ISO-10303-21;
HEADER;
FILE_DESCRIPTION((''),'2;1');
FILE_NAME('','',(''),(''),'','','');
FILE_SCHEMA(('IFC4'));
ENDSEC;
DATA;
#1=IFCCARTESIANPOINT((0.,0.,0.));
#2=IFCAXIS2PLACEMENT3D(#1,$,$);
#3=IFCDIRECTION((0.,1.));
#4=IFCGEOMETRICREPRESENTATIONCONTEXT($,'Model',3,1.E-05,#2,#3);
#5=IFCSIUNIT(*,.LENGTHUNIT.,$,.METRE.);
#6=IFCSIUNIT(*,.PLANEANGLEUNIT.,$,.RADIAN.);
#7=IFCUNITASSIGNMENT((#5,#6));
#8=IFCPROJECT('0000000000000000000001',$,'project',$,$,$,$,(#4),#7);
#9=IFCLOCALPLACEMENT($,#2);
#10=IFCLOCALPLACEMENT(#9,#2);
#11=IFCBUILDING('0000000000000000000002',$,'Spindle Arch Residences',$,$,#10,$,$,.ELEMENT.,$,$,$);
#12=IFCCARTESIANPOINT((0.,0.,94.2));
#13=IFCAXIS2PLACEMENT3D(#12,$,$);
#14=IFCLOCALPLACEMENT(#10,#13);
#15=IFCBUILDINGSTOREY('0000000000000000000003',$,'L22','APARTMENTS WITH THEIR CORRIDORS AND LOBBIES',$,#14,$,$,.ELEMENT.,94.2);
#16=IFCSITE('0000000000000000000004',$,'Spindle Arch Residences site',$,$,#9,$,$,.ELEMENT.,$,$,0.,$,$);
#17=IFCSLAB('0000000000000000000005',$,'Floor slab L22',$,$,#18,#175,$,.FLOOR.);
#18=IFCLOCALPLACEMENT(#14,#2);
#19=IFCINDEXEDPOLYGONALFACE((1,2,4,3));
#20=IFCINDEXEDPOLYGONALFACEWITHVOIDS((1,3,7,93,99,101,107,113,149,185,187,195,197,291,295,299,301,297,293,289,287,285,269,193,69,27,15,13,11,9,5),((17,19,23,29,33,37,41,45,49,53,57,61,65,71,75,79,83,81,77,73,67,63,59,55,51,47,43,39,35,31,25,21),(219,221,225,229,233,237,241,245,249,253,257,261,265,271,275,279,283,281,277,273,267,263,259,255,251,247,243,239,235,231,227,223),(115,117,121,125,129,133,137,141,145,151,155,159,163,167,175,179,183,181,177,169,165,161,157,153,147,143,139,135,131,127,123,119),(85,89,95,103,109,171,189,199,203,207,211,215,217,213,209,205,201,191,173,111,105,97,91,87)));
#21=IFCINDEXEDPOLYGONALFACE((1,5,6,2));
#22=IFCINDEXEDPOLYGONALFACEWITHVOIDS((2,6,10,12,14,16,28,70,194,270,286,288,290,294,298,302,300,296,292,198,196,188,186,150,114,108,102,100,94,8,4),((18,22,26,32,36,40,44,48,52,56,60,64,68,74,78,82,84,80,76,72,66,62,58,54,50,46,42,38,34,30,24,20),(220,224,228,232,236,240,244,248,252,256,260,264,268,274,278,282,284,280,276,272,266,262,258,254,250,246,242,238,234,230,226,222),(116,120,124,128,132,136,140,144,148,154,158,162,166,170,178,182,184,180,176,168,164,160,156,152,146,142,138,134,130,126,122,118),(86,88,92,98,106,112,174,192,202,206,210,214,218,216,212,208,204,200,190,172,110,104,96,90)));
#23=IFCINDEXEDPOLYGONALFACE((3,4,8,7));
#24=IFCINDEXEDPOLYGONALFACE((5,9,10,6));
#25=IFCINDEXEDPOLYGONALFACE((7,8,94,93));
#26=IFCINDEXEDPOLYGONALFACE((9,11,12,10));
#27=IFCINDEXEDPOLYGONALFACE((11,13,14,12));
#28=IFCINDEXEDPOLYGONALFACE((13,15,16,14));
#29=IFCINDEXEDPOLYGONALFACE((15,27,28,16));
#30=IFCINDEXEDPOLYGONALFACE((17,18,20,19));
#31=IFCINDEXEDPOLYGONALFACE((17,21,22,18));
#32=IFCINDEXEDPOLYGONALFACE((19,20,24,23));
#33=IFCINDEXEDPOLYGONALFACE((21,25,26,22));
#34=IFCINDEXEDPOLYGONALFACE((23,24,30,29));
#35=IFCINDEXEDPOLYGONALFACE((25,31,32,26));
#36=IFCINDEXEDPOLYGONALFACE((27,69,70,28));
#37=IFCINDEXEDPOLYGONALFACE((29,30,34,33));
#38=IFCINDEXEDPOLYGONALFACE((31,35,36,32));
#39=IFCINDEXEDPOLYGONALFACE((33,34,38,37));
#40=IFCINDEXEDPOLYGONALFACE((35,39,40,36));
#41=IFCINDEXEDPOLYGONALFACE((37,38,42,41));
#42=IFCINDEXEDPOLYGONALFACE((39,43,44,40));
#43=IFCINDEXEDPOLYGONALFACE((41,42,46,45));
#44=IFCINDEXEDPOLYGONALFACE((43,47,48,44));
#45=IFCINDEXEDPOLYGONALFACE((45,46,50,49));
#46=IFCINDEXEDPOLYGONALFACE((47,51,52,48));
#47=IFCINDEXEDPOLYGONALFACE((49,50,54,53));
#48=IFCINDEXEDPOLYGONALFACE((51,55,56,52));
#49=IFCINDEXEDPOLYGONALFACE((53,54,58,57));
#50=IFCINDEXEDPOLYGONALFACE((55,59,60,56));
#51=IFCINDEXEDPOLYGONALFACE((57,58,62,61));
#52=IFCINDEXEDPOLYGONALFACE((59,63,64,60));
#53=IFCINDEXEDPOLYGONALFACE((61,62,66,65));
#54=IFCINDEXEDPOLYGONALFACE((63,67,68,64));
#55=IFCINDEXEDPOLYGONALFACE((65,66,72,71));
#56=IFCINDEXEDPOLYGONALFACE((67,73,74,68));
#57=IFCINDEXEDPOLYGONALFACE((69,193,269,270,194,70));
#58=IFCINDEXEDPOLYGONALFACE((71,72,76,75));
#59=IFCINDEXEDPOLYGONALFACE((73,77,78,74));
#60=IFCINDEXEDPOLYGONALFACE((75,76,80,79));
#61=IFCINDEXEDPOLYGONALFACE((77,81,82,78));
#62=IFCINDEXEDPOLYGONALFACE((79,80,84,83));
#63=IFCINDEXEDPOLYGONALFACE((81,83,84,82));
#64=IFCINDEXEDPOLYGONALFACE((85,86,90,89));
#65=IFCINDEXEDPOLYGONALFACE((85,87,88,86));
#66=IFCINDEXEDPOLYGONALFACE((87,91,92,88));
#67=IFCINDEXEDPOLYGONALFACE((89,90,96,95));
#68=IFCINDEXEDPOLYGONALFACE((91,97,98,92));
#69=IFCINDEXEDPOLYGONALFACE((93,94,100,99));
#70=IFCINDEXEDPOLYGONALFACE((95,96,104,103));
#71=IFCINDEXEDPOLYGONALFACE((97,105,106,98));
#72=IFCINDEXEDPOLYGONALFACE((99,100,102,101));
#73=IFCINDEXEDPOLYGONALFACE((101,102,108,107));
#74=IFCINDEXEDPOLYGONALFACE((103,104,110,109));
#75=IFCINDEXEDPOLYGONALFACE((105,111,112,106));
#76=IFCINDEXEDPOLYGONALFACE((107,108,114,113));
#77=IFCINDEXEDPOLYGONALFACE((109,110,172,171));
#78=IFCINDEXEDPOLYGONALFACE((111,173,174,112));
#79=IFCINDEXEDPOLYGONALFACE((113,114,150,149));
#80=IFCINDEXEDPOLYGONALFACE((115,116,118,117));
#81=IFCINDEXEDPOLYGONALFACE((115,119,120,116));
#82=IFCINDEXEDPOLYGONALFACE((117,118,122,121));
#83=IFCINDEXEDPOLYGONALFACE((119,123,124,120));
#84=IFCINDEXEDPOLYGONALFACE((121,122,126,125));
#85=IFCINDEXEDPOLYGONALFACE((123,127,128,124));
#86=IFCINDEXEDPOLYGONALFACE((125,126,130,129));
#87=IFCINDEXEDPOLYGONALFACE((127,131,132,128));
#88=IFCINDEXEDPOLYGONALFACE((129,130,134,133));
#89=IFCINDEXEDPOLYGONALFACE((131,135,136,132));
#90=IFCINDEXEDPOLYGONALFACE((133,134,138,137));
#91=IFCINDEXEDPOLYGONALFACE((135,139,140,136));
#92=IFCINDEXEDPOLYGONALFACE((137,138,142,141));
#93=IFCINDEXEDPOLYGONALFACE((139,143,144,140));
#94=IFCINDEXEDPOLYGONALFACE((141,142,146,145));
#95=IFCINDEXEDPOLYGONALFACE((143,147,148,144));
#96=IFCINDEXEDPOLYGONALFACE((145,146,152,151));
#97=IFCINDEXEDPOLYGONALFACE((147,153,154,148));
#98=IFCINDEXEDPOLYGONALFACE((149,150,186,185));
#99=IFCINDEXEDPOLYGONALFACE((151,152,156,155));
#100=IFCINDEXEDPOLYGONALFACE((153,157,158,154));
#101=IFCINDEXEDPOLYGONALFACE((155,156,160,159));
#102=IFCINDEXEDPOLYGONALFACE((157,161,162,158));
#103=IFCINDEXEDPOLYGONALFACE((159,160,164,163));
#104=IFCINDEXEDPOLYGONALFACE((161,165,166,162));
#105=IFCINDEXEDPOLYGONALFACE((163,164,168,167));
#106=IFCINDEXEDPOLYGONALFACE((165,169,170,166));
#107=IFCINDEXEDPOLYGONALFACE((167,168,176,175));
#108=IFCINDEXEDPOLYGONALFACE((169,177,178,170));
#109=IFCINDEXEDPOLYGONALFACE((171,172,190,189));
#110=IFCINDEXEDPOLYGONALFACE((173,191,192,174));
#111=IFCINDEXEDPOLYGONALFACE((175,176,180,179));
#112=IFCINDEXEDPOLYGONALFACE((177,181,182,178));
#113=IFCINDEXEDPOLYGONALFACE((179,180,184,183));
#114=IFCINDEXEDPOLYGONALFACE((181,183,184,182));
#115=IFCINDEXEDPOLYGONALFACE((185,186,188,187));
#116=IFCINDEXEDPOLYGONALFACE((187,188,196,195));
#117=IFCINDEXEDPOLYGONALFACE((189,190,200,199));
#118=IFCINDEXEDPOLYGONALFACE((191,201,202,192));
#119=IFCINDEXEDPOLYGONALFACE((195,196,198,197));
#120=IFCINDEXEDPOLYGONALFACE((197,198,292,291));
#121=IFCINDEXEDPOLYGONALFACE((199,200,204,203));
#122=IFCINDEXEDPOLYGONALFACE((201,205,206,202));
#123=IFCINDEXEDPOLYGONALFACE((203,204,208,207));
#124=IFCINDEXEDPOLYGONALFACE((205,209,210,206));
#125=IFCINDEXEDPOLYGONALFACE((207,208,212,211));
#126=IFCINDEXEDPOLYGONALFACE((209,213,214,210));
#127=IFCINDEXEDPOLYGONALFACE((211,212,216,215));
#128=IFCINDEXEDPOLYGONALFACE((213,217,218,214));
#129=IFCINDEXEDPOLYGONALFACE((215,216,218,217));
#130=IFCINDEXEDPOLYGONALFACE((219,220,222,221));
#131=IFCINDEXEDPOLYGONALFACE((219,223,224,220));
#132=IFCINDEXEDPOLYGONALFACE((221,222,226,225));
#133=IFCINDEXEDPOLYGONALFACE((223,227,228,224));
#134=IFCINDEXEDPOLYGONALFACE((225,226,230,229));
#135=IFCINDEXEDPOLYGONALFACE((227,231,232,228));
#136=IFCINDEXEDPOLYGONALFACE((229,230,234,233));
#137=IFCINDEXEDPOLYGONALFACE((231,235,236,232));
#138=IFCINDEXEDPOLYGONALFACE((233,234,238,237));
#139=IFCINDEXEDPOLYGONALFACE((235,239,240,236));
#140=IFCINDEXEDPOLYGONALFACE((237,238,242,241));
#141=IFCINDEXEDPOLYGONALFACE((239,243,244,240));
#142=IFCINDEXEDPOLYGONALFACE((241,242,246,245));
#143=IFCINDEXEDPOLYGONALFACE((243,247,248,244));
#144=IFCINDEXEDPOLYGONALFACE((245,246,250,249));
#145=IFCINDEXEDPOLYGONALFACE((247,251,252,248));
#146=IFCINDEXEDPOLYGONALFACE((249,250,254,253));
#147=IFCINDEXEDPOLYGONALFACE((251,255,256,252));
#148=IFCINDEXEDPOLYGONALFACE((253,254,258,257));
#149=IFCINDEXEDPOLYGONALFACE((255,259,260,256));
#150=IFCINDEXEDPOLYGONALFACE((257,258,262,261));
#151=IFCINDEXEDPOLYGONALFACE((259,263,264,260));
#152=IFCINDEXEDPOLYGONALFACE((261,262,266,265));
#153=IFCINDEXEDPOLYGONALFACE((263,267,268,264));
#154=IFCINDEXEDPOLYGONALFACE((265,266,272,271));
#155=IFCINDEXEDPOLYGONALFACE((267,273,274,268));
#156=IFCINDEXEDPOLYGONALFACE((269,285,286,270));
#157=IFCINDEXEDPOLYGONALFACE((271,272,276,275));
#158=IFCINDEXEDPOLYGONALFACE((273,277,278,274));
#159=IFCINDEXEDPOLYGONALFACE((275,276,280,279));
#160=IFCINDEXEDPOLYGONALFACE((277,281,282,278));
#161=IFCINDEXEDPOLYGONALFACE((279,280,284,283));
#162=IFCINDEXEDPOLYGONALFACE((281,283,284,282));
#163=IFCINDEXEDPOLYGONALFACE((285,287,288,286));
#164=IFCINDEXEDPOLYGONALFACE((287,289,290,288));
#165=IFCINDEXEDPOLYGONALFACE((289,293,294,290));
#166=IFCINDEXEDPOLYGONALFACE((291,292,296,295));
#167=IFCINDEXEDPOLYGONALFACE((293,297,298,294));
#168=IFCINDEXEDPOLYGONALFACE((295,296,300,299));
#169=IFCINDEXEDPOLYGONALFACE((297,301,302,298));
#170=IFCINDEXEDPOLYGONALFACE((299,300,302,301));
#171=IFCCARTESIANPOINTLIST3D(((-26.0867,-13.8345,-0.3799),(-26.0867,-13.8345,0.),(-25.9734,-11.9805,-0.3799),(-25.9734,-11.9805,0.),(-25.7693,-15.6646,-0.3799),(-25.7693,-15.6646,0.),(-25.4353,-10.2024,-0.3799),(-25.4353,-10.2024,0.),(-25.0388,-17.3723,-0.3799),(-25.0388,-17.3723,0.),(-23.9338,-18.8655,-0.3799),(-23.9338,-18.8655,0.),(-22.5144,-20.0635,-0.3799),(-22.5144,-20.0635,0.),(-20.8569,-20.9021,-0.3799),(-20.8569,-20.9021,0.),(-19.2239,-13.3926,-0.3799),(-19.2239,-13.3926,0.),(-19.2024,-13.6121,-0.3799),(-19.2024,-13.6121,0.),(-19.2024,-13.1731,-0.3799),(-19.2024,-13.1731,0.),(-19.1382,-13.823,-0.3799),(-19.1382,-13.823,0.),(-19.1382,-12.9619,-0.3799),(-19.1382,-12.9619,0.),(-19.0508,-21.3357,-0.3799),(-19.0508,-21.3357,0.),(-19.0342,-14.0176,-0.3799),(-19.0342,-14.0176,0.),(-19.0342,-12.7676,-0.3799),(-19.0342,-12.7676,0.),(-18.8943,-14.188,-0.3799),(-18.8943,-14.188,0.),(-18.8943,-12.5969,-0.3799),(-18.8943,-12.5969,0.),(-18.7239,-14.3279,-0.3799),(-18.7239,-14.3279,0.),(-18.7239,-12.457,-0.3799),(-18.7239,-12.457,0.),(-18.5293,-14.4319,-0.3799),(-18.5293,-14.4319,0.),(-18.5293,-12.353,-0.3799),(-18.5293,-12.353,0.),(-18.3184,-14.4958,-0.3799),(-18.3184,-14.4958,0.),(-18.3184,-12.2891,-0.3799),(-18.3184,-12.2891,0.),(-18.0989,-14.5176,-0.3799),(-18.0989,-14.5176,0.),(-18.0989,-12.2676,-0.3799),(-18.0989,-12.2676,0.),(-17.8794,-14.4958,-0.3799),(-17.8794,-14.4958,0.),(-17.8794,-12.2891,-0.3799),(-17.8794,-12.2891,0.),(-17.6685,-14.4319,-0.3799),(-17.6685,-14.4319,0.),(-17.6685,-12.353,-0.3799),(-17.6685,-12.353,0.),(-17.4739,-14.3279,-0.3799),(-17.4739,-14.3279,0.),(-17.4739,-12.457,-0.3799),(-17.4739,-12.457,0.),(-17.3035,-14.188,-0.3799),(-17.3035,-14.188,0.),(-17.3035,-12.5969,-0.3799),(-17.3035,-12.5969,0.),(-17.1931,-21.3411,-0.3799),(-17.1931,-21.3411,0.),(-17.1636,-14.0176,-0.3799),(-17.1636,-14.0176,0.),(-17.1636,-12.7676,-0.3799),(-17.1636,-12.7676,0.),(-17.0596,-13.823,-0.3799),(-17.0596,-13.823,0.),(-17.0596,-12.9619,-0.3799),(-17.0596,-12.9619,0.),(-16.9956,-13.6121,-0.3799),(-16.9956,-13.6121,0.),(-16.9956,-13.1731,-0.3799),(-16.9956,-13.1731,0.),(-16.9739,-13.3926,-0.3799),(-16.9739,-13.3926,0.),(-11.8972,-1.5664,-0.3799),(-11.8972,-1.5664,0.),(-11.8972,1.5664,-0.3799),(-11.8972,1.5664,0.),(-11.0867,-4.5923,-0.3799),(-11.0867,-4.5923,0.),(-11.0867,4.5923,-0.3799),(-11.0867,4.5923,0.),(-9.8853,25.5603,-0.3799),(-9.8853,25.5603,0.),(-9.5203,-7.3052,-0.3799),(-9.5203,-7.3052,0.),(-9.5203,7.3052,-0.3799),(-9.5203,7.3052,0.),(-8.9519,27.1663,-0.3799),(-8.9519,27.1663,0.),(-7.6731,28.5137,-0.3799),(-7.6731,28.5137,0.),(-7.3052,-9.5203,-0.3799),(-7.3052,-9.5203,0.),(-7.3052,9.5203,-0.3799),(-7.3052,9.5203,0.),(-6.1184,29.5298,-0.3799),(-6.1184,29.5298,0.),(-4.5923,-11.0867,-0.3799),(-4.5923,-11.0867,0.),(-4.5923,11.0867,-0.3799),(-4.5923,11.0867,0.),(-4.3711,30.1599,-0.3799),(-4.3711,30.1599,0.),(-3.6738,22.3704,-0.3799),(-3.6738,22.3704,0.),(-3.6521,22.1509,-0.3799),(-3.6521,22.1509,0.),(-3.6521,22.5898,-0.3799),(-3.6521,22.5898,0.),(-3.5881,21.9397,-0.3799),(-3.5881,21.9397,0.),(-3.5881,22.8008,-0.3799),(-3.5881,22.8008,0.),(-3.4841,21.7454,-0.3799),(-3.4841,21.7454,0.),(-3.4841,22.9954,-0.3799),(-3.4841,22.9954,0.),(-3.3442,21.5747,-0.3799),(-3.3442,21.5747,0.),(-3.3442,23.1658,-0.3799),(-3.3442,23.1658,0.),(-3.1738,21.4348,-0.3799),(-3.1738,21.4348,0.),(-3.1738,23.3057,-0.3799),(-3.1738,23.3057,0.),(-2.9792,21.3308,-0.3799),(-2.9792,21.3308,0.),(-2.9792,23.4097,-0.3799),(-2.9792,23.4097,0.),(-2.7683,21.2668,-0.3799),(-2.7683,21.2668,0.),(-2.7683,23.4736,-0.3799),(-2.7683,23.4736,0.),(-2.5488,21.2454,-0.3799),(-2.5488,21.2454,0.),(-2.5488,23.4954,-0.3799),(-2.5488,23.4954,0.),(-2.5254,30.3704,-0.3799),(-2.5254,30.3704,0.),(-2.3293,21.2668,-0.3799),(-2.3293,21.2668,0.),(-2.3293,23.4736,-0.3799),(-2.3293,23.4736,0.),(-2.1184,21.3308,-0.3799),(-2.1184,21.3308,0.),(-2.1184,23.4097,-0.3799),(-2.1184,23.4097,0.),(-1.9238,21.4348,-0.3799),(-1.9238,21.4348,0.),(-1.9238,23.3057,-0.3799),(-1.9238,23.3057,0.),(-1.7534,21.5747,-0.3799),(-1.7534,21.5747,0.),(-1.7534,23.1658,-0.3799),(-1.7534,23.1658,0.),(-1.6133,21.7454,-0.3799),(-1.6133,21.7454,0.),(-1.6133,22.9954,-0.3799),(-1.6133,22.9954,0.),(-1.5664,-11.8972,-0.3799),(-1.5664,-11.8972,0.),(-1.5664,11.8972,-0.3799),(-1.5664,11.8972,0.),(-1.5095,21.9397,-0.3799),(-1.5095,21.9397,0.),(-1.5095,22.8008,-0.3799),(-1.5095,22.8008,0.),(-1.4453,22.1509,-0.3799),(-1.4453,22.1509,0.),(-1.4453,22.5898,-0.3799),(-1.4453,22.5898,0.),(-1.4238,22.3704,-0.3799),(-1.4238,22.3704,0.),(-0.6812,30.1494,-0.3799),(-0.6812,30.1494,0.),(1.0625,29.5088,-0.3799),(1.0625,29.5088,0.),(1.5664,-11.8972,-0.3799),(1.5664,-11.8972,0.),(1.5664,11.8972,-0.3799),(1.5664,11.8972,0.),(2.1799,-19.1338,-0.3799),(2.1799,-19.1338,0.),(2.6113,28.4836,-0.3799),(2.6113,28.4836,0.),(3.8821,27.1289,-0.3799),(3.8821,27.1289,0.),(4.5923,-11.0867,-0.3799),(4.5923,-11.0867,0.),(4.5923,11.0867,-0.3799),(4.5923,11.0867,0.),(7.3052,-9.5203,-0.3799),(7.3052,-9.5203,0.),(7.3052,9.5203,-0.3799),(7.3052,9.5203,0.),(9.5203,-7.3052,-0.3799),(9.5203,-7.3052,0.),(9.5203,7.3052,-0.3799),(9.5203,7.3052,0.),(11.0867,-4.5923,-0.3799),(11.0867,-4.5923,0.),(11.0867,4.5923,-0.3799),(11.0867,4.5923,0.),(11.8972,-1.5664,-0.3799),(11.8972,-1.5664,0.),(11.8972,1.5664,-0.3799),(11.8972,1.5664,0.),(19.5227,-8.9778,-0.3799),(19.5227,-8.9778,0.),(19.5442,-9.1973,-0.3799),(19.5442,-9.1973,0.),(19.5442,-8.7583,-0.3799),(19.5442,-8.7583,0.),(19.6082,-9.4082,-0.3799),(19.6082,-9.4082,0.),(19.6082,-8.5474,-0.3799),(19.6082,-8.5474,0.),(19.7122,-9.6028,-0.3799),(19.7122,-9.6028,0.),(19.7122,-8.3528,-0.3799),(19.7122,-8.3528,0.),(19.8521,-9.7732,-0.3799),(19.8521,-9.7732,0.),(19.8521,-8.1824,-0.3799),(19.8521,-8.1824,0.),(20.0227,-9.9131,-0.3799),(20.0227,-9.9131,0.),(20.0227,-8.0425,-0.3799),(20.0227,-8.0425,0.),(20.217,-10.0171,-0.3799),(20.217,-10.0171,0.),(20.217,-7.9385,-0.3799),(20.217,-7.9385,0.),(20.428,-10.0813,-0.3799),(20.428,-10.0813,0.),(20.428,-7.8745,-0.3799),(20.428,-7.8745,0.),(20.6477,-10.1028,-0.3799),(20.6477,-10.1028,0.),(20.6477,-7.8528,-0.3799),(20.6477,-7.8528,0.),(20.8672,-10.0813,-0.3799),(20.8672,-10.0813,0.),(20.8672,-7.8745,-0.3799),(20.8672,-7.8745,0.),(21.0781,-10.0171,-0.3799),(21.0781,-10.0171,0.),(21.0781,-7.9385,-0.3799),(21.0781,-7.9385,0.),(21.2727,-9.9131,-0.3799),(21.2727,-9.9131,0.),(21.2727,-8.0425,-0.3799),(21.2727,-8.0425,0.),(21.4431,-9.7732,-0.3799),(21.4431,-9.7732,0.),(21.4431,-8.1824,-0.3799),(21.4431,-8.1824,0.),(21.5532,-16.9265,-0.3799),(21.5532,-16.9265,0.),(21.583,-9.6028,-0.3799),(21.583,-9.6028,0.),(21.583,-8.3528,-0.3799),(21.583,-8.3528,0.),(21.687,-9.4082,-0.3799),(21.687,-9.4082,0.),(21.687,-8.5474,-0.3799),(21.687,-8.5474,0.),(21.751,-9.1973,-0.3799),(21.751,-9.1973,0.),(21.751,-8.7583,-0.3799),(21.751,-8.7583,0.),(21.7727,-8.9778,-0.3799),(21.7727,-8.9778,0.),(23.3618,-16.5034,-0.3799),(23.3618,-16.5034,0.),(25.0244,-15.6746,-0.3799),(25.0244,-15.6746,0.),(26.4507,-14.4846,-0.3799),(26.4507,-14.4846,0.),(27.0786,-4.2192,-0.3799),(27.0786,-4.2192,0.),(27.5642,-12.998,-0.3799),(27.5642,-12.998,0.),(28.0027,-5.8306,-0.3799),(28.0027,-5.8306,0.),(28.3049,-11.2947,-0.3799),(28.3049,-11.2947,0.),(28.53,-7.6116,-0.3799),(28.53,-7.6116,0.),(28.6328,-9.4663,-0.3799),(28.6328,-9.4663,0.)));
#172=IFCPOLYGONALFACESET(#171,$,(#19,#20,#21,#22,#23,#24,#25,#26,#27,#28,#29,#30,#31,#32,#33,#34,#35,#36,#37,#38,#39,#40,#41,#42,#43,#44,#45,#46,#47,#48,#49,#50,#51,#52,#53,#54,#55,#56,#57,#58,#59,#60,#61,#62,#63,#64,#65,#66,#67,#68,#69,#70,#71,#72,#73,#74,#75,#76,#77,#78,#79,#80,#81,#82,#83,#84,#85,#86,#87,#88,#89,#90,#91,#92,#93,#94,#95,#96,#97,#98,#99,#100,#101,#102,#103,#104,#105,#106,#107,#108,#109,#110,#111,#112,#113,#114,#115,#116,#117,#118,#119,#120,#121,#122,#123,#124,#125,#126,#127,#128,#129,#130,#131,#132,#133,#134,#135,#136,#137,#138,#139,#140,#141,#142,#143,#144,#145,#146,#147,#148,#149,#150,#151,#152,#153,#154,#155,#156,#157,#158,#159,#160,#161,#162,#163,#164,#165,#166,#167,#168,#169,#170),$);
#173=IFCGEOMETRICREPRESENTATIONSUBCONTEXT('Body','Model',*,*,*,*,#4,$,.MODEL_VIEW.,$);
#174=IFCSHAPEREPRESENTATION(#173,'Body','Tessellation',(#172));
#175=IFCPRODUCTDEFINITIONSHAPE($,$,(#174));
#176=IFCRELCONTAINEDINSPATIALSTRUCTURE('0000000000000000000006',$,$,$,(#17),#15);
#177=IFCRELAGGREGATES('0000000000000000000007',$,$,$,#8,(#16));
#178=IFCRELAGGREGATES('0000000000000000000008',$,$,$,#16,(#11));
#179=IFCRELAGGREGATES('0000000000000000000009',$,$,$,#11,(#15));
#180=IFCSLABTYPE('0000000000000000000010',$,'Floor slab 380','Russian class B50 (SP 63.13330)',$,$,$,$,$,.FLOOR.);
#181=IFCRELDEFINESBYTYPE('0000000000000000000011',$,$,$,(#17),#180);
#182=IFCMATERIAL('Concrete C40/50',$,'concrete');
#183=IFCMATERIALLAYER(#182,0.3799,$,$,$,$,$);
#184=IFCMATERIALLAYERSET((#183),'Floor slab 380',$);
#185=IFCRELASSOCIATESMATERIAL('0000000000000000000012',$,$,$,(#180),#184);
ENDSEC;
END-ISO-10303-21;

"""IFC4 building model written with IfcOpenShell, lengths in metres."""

from ifc_helpers import new_model, si_unit, direction, frame, origin, place, context, subcontext, project, spatial, polyline, outline, extrude, material, layer, layer_set, type_object, element, save


model = new_model("IFC4")

# Units and contexts
model_context = context("Model", 3, precision=1e-05, world=origin(), true_north=direction((0.0, 1.0)))
body_context = subcontext(model_context, "Body", "Model", "MODEL_VIEW")
ifc_project = project(units=[si_unit("LENGTHUNIT", "METRE"), si_unit("PLANEANGLEUNIT", "RADIAN")], contexts=[model_context])

# Site, building, storey
site_placement = place(None, origin())
site = spatial("IfcSite", under=ifc_project, at=site_placement, Name="Spindle Arch Residences site", CompositionType="ELEMENT", RefElevation=0.0)
building_placement = place(site_placement, origin())
building = spatial("IfcBuilding", under=site, at=building_placement, Name="Spindle Arch Residences", CompositionType="ELEMENT")
storey_placement = place(building_placement, frame((0.0, 0.0, 94.2)))
storey = spatial("IfcBuildingStorey", under=building, at=storey_placement, Name="L22", Description="APARTMENTS WITH THEIR CORRIDORS AND LOBBIES", CompositionType="ELEMENT", Elevation=94.2)

# Slab
ifc_material_1 = material(Name="Concrete C40/50", Category="concrete")
ifc_layer_1 = layer(ifc_material_1, 0.3799)
ifc_layer_set_1 = layer_set([ifc_layer_1], Name="Floor slab 380")
slab_type = type_object("IfcSlabType", Name="Floor slab 380", Description="Russian class B50 (SP 63.13330)", PredefinedType="FLOOR", material=ifc_layer_set_1)
slab_placement = place(storey_placement, frame((0.0, 0.0, -0.3799)))
element("IfcSlab", 1, at=slab_placement, inside=storey, type_object=slab_type, Name="Floor slab L22", PredefinedType="FLOOR", context=body_context, shape_type="SweptSolid", body=[
    extrude(outline(polyline([(-19.0508, -21.3357), (-20.8569, -20.9021), (-22.5144, -20.0635), (-23.9338, -18.8655), (-25.0388, -17.3723), (-25.7693, -15.6646), (-26.0867, -13.8345), (-25.9734, -11.9805), (-25.4353, -10.2024), (-9.8853, 25.5603), (-8.9519, 27.1663), (-7.6731, 28.5137), (-6.1184, 29.5298), (-4.3711, 30.1599), (-2.5254, 30.3704), (-0.6812, 30.1494), (1.0625, 29.5088), (2.6113, 28.4836), (3.8821, 27.1289), (27.0786, -4.2192), (28.0027, -5.8306), (28.53, -7.6116), (28.6328, -9.4663), (28.3049, -11.2947), (27.5642, -12.998), (26.4507, -14.4846), (25.0244, -15.6746), (23.3618, -16.5034), (21.5532, -16.9265), (2.1799, -19.1338), (-17.1931, -21.3411), (-19.0508, -21.3357)]), holes=[polyline([(7.3052, -9.5203), (9.5203, -7.3052), (11.0867, -4.5923), (11.8972, -1.5664), (11.8972, 1.5664), (11.0867, 4.5923), (9.5203, 7.3052), (7.3052, 9.5203), (4.5923, 11.0867), (1.5664, 11.8972), (-1.5664, 11.8972), (-4.5923, 11.0867), (-7.3052, 9.5203), (-9.5203, 7.3052), (-11.0867, 4.5923), (-11.8972, 1.5664), (-11.8972, -1.5664), (-11.0867, -4.5923), (-9.5203, -7.3052), (-7.3052, -9.5203), (-4.5923, -11.0867), (-1.5664, -11.8972), (1.5664, -11.8972), (4.5923, -11.0867), (7.3052, -9.5203)]), polyline([(-17.3035, -14.188), (-17.1636, -14.0176), (-17.0596, -13.823), (-16.9956, -13.6121), (-16.9739, -13.3926), (-16.9956, -13.1731), (-17.0596, -12.9619), (-17.1636, -12.7676), (-17.3035, -12.5969), (-17.4739, -12.457), (-17.6685, -12.353), (-17.8794, -12.2891), (-18.0989, -12.2676), (-18.3184, -12.2891), (-18.5293, -12.353), (-18.7239, -12.457), (-18.8943, -12.5969), (-19.0342, -12.7676), (-19.1382, -12.9619), (-19.2024, -13.1731), (-19.2239, -13.3926), (-19.2024, -13.6121), (-19.1382, -13.823), (-19.0342, -14.0176), (-18.8943, -14.188), (-18.7239, -14.3279), (-18.5293, -14.4319), (-18.3184, -14.4958), (-18.0989, -14.5176), (-17.8794, -14.4958), (-17.6685, -14.4319), (-17.4739, -14.3279), (-17.3035, -14.188)]), polyline([(-1.7534, 21.5747), (-1.6133, 21.7454), (-1.5095, 21.9397), (-1.4453, 22.1509), (-1.4238, 22.3704), (-1.4453, 22.5898), (-1.5095, 22.8008), (-1.6133, 22.9954), (-1.7534, 23.1658), (-1.9238, 23.3057), (-2.1184, 23.4097), (-2.3293, 23.4736), (-2.5488, 23.4954), (-2.7683, 23.4736), (-2.9792, 23.4097), (-3.1738, 23.3057), (-3.3442, 23.1658), (-3.4841, 22.9954), (-3.5881, 22.8008), (-3.6521, 22.5898), (-3.6738, 22.3704), (-3.6521, 22.1509), (-3.5881, 21.9397), (-3.4841, 21.7454), (-3.3442, 21.5747), (-3.1738, 21.4348), (-2.9792, 21.3308), (-2.7683, 21.2668), (-2.5488, 21.2454), (-2.3293, 21.2668), (-2.1184, 21.3308), (-1.9238, 21.4348), (-1.7534, 21.5747)]), polyline([(21.4431, -9.7732), (21.583, -9.6028), (21.687, -9.4082), (21.751, -9.1973), (21.7727, -8.9778), (21.751, -8.7583), (21.687, -8.5474), (21.583, -8.3528), (21.4431, -8.1824), (21.2727, -8.0425), (21.0781, -7.9385), (20.8672, -7.8745), (20.6477, -7.8528), (20.428, -7.8745), (20.217, -7.9385), (20.0227, -8.0425), (19.8521, -8.1824), (19.7122, -8.3528), (19.6082, -8.5474), (19.5442, -8.7583), (19.5227, -8.9778), (19.5442, -9.1973), (19.6082, -9.4082), (19.7122, -9.6028), (19.8521, -9.7732), (20.0227, -9.9131), (20.217, -10.0171), (20.428, -10.0813), (20.6477, -10.1028), (20.8672, -10.0813), (21.0781, -10.0171), (21.2727, -9.9131), (21.4431, -9.7732)])]), origin(), (0.0, 0.0, 1.0), 0.3799),
])

save(model, "model.ifc")
